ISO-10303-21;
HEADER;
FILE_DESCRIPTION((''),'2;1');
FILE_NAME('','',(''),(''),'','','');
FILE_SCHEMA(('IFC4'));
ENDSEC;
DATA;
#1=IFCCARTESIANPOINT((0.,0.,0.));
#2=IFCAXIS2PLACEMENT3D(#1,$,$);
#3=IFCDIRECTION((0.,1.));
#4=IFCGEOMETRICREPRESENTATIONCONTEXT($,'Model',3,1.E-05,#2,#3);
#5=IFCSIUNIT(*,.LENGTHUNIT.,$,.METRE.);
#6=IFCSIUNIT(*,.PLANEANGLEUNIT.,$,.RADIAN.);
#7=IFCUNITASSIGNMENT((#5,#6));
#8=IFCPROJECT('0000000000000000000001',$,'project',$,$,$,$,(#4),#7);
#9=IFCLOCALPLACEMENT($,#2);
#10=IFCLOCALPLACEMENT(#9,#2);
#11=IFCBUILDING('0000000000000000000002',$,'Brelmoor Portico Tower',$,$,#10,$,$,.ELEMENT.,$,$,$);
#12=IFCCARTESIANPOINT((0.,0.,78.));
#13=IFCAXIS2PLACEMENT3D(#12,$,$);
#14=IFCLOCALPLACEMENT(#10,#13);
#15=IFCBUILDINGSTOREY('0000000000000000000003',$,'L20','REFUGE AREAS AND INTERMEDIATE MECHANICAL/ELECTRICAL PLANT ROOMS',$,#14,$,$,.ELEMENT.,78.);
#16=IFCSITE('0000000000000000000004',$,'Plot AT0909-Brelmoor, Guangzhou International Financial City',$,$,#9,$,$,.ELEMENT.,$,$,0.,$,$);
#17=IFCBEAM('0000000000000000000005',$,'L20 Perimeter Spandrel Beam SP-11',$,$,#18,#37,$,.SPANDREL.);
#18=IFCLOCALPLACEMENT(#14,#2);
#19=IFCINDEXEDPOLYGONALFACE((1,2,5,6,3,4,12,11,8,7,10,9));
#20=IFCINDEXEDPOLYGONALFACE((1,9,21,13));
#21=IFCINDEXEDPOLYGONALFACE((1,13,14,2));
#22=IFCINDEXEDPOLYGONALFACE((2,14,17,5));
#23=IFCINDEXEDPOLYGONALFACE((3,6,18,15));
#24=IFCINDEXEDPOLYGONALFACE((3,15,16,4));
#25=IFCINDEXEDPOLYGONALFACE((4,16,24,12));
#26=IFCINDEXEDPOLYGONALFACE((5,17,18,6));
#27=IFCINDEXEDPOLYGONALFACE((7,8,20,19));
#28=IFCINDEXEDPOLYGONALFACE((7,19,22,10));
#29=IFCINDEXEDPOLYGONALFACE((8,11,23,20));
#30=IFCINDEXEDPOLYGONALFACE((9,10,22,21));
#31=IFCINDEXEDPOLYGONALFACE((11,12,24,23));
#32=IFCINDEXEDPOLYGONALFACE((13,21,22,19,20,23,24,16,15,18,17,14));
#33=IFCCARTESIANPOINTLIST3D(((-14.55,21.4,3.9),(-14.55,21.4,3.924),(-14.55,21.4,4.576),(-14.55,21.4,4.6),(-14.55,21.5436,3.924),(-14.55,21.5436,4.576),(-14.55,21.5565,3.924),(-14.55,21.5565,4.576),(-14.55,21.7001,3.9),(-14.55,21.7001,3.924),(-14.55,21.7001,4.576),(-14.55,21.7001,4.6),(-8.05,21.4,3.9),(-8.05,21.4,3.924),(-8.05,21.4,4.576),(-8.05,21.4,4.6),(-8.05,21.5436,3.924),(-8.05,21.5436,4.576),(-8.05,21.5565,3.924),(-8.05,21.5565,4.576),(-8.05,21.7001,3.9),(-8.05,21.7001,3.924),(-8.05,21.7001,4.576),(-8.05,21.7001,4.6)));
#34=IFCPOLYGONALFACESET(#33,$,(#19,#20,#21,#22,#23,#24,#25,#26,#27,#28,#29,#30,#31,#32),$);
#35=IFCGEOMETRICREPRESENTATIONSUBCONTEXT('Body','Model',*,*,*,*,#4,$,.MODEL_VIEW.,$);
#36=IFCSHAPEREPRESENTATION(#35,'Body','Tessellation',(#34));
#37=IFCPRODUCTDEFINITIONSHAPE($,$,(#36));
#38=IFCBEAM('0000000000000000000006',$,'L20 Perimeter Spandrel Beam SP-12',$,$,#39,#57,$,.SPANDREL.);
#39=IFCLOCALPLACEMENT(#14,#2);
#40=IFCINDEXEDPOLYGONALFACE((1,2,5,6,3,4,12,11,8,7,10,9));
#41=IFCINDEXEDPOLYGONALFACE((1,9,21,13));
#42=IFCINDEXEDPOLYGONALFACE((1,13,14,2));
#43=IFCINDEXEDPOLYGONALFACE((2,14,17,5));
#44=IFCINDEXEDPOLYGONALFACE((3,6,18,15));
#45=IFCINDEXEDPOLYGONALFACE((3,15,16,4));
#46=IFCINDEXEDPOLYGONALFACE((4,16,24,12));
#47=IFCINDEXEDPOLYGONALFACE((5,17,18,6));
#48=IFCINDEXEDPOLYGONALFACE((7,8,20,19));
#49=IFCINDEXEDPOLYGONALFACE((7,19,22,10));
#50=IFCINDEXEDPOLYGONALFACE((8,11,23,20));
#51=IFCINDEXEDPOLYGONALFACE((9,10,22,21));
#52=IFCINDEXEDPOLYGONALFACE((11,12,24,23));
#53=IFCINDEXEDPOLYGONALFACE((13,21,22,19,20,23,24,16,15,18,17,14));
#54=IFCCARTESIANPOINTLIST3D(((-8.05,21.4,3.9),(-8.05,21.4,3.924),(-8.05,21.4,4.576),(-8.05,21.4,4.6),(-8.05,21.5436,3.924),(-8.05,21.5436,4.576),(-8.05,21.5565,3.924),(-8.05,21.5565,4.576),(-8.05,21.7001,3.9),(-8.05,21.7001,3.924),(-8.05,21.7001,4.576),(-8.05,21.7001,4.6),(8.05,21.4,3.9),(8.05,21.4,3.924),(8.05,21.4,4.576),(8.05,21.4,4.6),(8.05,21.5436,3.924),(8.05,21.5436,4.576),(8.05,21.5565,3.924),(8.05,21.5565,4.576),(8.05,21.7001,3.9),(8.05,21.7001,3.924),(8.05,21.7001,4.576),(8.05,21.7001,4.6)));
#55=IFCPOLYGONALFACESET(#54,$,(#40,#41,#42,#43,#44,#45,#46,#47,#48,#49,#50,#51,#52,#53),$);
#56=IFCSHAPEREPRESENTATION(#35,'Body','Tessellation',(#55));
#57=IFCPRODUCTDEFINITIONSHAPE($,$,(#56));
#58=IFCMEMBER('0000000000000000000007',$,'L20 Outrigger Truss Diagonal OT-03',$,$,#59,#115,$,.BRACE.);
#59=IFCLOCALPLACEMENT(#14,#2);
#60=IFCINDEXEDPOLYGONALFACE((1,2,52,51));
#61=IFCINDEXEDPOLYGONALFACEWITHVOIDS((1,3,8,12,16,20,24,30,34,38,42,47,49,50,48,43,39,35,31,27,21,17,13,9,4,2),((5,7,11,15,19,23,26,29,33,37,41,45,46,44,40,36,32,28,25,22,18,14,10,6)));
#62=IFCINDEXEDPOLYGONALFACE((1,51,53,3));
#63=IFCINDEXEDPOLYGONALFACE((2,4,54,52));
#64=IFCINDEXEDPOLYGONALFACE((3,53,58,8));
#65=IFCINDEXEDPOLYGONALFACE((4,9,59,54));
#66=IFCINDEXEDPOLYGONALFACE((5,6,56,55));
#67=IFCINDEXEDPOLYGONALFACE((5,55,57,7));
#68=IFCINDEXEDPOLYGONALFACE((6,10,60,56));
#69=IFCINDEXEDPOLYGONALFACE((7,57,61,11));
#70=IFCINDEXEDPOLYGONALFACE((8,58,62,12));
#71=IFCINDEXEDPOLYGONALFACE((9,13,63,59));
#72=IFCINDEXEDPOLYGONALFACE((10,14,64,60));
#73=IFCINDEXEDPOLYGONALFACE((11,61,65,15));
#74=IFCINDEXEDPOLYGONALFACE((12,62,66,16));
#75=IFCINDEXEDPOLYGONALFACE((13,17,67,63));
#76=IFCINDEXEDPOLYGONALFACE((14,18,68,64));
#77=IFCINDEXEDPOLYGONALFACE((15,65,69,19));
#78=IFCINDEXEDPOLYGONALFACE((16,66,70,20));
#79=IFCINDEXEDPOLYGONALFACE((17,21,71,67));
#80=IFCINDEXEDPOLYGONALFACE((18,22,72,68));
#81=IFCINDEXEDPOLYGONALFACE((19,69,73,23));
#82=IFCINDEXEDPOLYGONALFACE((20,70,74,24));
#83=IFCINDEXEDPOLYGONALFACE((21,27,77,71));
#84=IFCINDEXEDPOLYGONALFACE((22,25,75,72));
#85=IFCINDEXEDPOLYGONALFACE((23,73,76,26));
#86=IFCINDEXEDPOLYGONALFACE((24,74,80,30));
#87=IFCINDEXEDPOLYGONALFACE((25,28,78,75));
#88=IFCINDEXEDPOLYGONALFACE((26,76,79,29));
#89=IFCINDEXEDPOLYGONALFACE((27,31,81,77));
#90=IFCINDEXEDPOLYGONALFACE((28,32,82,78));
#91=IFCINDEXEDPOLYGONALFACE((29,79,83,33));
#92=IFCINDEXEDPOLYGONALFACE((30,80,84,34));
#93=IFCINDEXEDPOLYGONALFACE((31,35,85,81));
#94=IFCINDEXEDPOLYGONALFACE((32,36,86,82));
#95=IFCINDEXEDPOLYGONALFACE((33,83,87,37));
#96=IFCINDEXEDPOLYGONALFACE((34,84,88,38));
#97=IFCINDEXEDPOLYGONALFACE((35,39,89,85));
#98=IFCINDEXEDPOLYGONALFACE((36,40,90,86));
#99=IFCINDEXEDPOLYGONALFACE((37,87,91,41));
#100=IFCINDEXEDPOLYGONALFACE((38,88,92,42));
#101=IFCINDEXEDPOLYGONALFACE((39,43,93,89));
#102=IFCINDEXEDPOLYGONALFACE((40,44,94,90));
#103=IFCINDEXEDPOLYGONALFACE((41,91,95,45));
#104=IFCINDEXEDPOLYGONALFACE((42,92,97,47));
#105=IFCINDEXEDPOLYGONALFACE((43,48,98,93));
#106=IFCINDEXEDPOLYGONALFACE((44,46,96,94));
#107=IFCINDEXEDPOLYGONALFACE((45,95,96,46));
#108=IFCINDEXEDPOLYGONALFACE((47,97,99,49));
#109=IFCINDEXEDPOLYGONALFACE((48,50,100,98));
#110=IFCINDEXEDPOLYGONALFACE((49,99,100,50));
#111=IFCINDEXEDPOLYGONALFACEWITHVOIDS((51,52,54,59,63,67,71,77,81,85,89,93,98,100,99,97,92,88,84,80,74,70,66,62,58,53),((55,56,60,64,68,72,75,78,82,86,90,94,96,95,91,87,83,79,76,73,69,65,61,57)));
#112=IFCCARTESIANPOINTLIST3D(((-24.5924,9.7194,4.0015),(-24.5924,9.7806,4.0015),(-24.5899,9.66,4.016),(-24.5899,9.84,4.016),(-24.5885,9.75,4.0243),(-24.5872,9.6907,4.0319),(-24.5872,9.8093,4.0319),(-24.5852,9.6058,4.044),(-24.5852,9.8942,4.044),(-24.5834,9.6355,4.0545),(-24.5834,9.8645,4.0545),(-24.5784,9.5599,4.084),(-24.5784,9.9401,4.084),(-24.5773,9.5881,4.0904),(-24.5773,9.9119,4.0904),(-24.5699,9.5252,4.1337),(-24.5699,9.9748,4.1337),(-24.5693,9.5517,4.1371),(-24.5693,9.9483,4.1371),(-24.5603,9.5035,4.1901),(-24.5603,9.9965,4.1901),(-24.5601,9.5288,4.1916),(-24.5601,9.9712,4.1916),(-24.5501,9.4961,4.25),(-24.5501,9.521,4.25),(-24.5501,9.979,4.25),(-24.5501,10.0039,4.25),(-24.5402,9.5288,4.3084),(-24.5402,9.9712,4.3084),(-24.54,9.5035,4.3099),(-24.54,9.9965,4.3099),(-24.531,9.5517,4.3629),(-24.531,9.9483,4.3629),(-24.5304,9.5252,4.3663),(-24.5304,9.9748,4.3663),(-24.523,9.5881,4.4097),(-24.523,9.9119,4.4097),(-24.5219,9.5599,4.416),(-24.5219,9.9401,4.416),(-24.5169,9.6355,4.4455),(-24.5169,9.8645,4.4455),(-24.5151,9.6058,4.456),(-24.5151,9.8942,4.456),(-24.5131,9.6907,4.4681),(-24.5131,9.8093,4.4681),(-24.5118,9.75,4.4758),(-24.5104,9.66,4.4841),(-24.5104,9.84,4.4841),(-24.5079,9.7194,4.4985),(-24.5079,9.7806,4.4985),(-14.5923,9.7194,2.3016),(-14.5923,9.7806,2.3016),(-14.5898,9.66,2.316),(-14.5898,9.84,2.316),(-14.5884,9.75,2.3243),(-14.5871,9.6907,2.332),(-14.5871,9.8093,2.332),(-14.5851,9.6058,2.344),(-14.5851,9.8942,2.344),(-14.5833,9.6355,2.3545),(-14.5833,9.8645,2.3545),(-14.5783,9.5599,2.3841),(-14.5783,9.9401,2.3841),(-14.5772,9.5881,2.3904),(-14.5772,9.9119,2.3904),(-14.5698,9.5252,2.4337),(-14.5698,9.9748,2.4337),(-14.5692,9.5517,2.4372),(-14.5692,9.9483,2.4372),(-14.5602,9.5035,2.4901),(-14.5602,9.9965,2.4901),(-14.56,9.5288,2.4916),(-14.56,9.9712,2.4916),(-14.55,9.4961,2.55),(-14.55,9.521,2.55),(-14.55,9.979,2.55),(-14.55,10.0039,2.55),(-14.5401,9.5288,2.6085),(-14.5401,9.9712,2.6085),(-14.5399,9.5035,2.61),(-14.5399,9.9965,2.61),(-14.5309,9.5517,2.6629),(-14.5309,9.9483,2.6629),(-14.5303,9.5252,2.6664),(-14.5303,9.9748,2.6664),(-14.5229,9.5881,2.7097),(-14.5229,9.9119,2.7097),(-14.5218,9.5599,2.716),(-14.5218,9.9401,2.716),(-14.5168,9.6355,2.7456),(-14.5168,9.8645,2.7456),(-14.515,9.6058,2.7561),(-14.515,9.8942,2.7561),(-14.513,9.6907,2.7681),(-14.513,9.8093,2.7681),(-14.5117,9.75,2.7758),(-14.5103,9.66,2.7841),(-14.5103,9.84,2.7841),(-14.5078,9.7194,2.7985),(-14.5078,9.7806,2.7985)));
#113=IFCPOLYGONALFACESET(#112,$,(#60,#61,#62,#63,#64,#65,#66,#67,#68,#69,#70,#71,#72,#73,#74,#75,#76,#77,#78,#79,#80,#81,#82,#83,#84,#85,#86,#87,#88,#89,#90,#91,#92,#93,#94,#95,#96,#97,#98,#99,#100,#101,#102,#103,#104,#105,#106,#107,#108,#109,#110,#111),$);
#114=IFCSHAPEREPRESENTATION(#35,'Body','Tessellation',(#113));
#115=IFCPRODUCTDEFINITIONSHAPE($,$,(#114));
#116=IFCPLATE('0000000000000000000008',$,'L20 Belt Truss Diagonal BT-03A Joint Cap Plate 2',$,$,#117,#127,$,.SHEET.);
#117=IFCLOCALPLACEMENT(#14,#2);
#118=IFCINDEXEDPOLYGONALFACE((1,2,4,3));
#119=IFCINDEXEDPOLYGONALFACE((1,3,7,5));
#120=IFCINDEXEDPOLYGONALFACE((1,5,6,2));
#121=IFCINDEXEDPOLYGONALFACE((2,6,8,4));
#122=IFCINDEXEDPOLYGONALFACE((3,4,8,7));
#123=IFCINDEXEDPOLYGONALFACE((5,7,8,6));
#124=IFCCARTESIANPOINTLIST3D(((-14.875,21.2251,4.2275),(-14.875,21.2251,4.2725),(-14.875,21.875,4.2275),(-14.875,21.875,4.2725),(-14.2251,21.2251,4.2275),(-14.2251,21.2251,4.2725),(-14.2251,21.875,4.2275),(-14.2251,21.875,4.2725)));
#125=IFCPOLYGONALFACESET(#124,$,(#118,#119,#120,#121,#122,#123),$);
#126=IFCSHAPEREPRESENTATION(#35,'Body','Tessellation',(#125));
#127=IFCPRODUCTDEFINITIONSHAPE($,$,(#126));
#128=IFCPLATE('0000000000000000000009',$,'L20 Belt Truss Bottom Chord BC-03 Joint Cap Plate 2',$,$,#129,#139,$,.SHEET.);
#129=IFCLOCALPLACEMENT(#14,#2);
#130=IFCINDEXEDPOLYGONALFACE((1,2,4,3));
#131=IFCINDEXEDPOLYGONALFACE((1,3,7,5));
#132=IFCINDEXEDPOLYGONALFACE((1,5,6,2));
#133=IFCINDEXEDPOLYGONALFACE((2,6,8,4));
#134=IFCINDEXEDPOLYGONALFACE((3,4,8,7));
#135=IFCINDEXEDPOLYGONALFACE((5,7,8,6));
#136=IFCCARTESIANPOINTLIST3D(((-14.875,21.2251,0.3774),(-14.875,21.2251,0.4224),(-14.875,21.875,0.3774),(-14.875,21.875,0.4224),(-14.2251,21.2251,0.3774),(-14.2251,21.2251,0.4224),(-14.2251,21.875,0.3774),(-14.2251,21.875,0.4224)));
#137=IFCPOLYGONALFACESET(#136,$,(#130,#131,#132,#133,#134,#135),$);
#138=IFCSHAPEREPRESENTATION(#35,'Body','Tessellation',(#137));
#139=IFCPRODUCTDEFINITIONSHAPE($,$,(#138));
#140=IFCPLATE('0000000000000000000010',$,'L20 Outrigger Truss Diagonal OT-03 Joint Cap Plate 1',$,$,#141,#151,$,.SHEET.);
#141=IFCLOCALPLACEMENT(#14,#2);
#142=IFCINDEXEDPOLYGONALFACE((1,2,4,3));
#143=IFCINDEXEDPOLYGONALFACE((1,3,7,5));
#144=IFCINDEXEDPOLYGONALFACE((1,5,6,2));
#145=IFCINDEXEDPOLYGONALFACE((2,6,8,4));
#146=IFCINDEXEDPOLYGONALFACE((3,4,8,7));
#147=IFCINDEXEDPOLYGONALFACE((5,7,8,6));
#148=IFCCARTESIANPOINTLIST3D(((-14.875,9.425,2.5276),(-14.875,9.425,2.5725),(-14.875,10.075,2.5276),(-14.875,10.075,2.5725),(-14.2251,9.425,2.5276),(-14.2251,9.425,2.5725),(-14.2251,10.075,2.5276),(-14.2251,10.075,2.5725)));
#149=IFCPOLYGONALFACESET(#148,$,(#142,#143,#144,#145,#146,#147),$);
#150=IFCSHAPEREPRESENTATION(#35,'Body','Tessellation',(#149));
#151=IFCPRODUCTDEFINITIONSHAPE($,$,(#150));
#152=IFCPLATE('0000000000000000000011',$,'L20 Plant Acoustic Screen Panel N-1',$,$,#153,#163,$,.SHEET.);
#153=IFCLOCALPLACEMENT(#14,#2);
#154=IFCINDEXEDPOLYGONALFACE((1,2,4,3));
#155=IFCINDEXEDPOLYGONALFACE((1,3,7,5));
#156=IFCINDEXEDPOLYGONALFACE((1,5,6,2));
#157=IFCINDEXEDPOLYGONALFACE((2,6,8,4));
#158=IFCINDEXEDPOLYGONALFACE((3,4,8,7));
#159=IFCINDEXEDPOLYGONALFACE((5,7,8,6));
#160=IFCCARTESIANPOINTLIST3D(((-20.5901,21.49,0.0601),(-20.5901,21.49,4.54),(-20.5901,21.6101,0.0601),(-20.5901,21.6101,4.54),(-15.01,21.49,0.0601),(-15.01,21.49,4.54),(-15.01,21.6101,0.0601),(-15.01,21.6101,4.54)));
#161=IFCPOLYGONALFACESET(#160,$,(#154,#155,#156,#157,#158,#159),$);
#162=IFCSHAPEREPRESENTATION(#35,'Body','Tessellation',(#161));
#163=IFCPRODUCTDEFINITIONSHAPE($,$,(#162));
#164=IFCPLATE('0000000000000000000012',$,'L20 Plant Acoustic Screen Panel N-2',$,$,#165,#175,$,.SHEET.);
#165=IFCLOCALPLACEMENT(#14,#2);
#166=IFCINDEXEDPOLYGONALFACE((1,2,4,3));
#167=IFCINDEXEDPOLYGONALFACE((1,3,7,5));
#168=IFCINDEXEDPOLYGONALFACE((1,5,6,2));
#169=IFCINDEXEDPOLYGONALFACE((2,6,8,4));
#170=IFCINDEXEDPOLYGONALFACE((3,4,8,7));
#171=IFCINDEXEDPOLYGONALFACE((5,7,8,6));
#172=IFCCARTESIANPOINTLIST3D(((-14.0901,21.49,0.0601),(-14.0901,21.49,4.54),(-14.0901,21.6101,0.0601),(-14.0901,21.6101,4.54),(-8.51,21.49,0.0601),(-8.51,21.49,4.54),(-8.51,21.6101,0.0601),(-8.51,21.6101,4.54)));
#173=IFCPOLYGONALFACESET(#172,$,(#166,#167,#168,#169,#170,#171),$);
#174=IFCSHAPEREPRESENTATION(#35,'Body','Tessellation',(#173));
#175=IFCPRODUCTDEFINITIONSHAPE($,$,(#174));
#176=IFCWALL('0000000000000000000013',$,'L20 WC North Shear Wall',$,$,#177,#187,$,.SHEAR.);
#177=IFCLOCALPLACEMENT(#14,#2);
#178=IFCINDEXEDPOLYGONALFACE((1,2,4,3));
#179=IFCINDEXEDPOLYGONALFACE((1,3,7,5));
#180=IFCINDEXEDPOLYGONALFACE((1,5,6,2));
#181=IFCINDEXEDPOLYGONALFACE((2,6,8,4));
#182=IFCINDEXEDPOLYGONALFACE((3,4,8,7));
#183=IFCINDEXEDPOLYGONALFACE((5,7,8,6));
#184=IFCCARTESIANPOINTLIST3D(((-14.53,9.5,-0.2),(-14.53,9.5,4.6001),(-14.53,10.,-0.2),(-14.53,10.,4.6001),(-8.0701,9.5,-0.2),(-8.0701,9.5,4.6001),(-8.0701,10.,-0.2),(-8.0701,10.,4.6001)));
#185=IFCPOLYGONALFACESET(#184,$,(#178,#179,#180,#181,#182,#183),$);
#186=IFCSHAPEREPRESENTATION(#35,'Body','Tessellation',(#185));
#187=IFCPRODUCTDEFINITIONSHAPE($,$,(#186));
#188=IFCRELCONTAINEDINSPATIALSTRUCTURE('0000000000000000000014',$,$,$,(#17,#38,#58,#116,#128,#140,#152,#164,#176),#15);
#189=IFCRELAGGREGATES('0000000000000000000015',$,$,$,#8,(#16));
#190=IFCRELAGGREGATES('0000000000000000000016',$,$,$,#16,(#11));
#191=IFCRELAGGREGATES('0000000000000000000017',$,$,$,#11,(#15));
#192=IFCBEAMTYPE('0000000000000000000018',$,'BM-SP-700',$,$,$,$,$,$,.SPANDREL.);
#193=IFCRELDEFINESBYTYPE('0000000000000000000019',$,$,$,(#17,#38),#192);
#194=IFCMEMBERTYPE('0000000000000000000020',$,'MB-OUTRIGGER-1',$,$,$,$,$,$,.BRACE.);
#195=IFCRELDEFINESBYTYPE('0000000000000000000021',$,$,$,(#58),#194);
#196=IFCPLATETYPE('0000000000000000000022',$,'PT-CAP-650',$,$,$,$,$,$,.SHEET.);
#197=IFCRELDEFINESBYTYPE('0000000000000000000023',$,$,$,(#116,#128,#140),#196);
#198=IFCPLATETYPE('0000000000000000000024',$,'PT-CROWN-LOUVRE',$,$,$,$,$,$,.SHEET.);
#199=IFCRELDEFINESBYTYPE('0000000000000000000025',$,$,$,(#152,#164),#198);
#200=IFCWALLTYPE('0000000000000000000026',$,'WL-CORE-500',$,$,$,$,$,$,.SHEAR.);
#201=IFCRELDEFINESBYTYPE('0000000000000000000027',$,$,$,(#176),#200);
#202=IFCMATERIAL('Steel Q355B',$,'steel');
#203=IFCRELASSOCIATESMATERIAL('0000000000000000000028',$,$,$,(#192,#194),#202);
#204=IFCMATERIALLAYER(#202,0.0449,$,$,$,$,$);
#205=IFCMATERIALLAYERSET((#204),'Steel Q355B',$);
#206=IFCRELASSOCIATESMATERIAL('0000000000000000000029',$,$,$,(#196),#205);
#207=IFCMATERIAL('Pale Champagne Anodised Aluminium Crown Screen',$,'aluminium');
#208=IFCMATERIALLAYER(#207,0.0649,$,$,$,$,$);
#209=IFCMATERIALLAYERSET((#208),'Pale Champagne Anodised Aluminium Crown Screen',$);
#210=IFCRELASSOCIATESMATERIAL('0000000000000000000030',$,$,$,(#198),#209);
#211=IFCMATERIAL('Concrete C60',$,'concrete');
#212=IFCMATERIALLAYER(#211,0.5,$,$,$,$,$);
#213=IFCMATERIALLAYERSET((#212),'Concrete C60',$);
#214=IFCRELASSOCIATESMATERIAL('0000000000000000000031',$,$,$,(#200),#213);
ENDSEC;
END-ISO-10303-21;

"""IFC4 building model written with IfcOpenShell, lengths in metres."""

from ifc_helpers import new_model, si_unit, direction, frame, frame_2d, origin, origin_2d, place, context, subcontext, project, spatial, rectangle, hollow_circle, i_section, extrude, material, layer, layer_set, material_profile, profile_set, type_object, element, save


model = new_model("IFC4")

# Units and contexts
model_context = context("Model", 3, precision=1e-05, world=origin(), true_north=direction((0.0, 1.0)))
body_context = subcontext(model_context, "Body", "Model", "MODEL_VIEW")
ifc_project = project(units=[si_unit("LENGTHUNIT", "METRE"), si_unit("PLANEANGLEUNIT", "RADIAN")], contexts=[model_context])

# Site, building, storey
site_placement = place(None, origin())
site = spatial("IfcSite", under=ifc_project, at=site_placement, Name="Plot AT0909-Brelmoor, Guangzhou International Financial City", CompositionType="ELEMENT", RefElevation=0.0)
building_placement = place(site_placement, origin())
building = spatial("IfcBuilding", under=site, at=building_placement, Name="Brelmoor Portico Tower", CompositionType="ELEMENT")
storey_placement = place(building_placement, frame((0.0, 0.0, 78.0)))
storey = spatial("IfcBuildingStorey", under=building, at=storey_placement, Name="L20", Description="REFUGE AREAS AND INTERMEDIATE MECHANICAL/ELECTRICAL PLANT ROOMS", CompositionType="ELEMENT", Elevation=78.0)

# Shared definitions
ifc_material_1 = material(Name="Steel Q355B", Category="steel")

# Beams
ifc_material_profile_1 = material_profile(ifc_material_1, i_section(OverallWidth=0.3, OverallDepth=0.7, WebThickness=0.0129, FlangeThickness=0.0239, at=origin_2d()), Name="HN 700x300x13x24")
ifc_profile_set_1 = profile_set([ifc_material_profile_1], Name="Steel Q355B")
beam_type_1 = type_object("IfcBeamType", Name="BM-SP-700", PredefinedType="SPANDREL", material=ifc_profile_set_1)
beam_1_placement = place(storey_placement, frame((-14.55, 21.55, 4.25), z_axis=(1.0, 0.0, 0.0), x_axis=(0.0, 1.0, 0.0)))
element("IfcBeam", 1, at=beam_1_placement, inside=storey, type_object=beam_type_1, Name="L20 Perimeter Spandrel Beam SP-11", PredefinedType="SPANDREL", context=body_context, shape_type="SweptSolid", body=[
    extrude(i_section(OverallWidth=0.3, OverallDepth=0.7, WebThickness=0.0129, FlangeThickness=0.0239, at=origin_2d()), origin(), (0.0, 0.0, 1.0), 6.5),
])
beam_2_placement = place(storey_placement, frame((-8.05, 21.55, 4.25), z_axis=(1.0, 0.0, 0.0), x_axis=(0.0, 1.0, 0.0)))
element("IfcBeam", 2, at=beam_2_placement, inside=storey, type_object=beam_type_1, Name="L20 Perimeter Spandrel Beam SP-12", PredefinedType="SPANDREL", context=body_context, shape_type="SweptSolid", body=[
    extrude(i_section(OverallWidth=0.3, OverallDepth=0.7, WebThickness=0.0129, FlangeThickness=0.0239, at=origin_2d()), origin(), (0.0, 0.0, 1.0), 16.1001),
])

# Member
ifc_material_profile_2 = material_profile(ifc_material_1, hollow_circle(Radius=0.2539, WallThickness=0.0249, at=origin_2d()), Name="CHS 508x25")
ifc_profile_set_2 = profile_set([ifc_material_profile_2], Name="Steel Q355B")
member_type = type_object("IfcMemberType", Name="MB-OUTRIGGER-1", PredefinedType="BRACE", material=ifc_profile_set_2)
member_placement = place(storey_placement, frame((-14.55, 9.75, 2.55), z_axis=(-0.985857, 0.0, 0.167591), x_axis=(0.0, -1.0, 0.0)))
element("IfcMember", 3, at=member_placement, inside=storey, type_object=member_type, Name="L20 Outrigger Truss Diagonal OT-03", PredefinedType="BRACE", context=body_context, shape_type="SweptSolid", body=[
    extrude(hollow_circle(Radius=0.2539, WallThickness=0.0249, at=origin_2d()), origin(), (0.0, 0.0, 1.0), 10.1436),
])

# Plates
ifc_layer_1 = layer(ifc_material_1, 0.0449)
ifc_layer_set_1 = layer_set([ifc_layer_1], Name="Steel Q355B")
plate_type_1 = type_object("IfcPlateType", Name="PT-CAP-650", PredefinedType="SHEET", material=ifc_layer_set_1)
for number, where, z_axis, x_axis, name in (
    (4, (-14.55, 21.55, 4.2275), (0.0, 0.0, 1.0), (1.0, 0.0, 0.0), "L20 Belt Truss Diagonal BT-03A Joint Cap Plate 2"),
    (5, (-14.55, 21.55, 0.3774), (0.0, 0.0, 1.0), (1.0, 0.0, 0.0), "L20 Belt Truss Bottom Chord BC-03 Joint Cap Plate 2"),
    (6, (-14.55, 9.75, 2.5276), (0.0, 0.0, 1.0), (1.0, 0.0, 0.0), "L20 Outrigger Truss Diagonal OT-03 Joint Cap Plate 1"),
):
    element("IfcPlate", number, at=place(storey_placement, frame(where, z_axis=z_axis, x_axis=x_axis)), inside=storey, type_object=plate_type_1, Name=name, PredefinedType="SHEET", context=body_context, shape_type="SweptSolid", body=[
        extrude(rectangle(XDim=0.6499, YDim=0.6499, at=origin_2d()), origin(), (0.0, 0.0, 1.0), 0.0449),
    ])
ifc_material_2 = material(Name="Pale Champagne Anodised Aluminium Crown Screen", Category="aluminium")
ifc_layer_2 = layer(ifc_material_2, 0.0649)
ifc_layer_set_2 = layer_set([ifc_layer_2], Name="Pale Champagne Anodised Aluminium Crown Screen")
plate_type_2 = type_object("IfcPlateType", Name="PT-CROWN-LOUVRE", PredefinedType="SHEET", material=ifc_layer_set_2)
for number, where, z_axis, x_axis, name in (
    (7, (-17.8, 21.55, 0.0601), (0.0, 0.0, 1.0), (1.0, 0.0, 0.0), "L20 Plant Acoustic Screen Panel N-1"),
    (8, (-11.3, 21.55, 0.0601), (0.0, 0.0, 1.0), (1.0, 0.0, 0.0), "L20 Plant Acoustic Screen Panel N-2"),
):
    element("IfcPlate", number, at=place(storey_placement, frame(where, z_axis=z_axis, x_axis=x_axis)), inside=storey, type_object=plate_type_2, Name=name, PredefinedType="SHEET", context=body_context, shape_type="SweptSolid", body=[
        extrude(rectangle(XDim=5.5801, YDim=0.1201, at=origin_2d()), origin(), (0.0, 0.0, 1.0), 4.48),
    ])

# Wall
ifc_material_3 = material(Name="Concrete C60", Category="concrete")
ifc_layer_3 = layer(ifc_material_3, 0.5)
ifc_layer_set_3 = layer_set([ifc_layer_3], Name="Concrete C60")
wall_type_1 = type_object("IfcWallType", Name="WL-CORE-500", PredefinedType="SHEAR", material=ifc_layer_set_3)
wall_placement = place(storey_placement, frame((-14.53, 9.75, -0.2), z_axis=(0.0, 0.0, 1.0), x_axis=(1.0, 0.0, 0.0)))
element("IfcWall", 9, at=wall_placement, inside=storey, type_object=wall_type_1, Name="L20 WC North Shear Wall", PredefinedType="SHEAR", context=body_context, shape_type="SweptSolid", body=[
    extrude(rectangle(XDim=6.46, YDim=0.5, at=frame_2d((3.23, 0.0))), origin(), (0.0, 0.0, 1.0), 4.8),
])

save(model, "model.ifc")
